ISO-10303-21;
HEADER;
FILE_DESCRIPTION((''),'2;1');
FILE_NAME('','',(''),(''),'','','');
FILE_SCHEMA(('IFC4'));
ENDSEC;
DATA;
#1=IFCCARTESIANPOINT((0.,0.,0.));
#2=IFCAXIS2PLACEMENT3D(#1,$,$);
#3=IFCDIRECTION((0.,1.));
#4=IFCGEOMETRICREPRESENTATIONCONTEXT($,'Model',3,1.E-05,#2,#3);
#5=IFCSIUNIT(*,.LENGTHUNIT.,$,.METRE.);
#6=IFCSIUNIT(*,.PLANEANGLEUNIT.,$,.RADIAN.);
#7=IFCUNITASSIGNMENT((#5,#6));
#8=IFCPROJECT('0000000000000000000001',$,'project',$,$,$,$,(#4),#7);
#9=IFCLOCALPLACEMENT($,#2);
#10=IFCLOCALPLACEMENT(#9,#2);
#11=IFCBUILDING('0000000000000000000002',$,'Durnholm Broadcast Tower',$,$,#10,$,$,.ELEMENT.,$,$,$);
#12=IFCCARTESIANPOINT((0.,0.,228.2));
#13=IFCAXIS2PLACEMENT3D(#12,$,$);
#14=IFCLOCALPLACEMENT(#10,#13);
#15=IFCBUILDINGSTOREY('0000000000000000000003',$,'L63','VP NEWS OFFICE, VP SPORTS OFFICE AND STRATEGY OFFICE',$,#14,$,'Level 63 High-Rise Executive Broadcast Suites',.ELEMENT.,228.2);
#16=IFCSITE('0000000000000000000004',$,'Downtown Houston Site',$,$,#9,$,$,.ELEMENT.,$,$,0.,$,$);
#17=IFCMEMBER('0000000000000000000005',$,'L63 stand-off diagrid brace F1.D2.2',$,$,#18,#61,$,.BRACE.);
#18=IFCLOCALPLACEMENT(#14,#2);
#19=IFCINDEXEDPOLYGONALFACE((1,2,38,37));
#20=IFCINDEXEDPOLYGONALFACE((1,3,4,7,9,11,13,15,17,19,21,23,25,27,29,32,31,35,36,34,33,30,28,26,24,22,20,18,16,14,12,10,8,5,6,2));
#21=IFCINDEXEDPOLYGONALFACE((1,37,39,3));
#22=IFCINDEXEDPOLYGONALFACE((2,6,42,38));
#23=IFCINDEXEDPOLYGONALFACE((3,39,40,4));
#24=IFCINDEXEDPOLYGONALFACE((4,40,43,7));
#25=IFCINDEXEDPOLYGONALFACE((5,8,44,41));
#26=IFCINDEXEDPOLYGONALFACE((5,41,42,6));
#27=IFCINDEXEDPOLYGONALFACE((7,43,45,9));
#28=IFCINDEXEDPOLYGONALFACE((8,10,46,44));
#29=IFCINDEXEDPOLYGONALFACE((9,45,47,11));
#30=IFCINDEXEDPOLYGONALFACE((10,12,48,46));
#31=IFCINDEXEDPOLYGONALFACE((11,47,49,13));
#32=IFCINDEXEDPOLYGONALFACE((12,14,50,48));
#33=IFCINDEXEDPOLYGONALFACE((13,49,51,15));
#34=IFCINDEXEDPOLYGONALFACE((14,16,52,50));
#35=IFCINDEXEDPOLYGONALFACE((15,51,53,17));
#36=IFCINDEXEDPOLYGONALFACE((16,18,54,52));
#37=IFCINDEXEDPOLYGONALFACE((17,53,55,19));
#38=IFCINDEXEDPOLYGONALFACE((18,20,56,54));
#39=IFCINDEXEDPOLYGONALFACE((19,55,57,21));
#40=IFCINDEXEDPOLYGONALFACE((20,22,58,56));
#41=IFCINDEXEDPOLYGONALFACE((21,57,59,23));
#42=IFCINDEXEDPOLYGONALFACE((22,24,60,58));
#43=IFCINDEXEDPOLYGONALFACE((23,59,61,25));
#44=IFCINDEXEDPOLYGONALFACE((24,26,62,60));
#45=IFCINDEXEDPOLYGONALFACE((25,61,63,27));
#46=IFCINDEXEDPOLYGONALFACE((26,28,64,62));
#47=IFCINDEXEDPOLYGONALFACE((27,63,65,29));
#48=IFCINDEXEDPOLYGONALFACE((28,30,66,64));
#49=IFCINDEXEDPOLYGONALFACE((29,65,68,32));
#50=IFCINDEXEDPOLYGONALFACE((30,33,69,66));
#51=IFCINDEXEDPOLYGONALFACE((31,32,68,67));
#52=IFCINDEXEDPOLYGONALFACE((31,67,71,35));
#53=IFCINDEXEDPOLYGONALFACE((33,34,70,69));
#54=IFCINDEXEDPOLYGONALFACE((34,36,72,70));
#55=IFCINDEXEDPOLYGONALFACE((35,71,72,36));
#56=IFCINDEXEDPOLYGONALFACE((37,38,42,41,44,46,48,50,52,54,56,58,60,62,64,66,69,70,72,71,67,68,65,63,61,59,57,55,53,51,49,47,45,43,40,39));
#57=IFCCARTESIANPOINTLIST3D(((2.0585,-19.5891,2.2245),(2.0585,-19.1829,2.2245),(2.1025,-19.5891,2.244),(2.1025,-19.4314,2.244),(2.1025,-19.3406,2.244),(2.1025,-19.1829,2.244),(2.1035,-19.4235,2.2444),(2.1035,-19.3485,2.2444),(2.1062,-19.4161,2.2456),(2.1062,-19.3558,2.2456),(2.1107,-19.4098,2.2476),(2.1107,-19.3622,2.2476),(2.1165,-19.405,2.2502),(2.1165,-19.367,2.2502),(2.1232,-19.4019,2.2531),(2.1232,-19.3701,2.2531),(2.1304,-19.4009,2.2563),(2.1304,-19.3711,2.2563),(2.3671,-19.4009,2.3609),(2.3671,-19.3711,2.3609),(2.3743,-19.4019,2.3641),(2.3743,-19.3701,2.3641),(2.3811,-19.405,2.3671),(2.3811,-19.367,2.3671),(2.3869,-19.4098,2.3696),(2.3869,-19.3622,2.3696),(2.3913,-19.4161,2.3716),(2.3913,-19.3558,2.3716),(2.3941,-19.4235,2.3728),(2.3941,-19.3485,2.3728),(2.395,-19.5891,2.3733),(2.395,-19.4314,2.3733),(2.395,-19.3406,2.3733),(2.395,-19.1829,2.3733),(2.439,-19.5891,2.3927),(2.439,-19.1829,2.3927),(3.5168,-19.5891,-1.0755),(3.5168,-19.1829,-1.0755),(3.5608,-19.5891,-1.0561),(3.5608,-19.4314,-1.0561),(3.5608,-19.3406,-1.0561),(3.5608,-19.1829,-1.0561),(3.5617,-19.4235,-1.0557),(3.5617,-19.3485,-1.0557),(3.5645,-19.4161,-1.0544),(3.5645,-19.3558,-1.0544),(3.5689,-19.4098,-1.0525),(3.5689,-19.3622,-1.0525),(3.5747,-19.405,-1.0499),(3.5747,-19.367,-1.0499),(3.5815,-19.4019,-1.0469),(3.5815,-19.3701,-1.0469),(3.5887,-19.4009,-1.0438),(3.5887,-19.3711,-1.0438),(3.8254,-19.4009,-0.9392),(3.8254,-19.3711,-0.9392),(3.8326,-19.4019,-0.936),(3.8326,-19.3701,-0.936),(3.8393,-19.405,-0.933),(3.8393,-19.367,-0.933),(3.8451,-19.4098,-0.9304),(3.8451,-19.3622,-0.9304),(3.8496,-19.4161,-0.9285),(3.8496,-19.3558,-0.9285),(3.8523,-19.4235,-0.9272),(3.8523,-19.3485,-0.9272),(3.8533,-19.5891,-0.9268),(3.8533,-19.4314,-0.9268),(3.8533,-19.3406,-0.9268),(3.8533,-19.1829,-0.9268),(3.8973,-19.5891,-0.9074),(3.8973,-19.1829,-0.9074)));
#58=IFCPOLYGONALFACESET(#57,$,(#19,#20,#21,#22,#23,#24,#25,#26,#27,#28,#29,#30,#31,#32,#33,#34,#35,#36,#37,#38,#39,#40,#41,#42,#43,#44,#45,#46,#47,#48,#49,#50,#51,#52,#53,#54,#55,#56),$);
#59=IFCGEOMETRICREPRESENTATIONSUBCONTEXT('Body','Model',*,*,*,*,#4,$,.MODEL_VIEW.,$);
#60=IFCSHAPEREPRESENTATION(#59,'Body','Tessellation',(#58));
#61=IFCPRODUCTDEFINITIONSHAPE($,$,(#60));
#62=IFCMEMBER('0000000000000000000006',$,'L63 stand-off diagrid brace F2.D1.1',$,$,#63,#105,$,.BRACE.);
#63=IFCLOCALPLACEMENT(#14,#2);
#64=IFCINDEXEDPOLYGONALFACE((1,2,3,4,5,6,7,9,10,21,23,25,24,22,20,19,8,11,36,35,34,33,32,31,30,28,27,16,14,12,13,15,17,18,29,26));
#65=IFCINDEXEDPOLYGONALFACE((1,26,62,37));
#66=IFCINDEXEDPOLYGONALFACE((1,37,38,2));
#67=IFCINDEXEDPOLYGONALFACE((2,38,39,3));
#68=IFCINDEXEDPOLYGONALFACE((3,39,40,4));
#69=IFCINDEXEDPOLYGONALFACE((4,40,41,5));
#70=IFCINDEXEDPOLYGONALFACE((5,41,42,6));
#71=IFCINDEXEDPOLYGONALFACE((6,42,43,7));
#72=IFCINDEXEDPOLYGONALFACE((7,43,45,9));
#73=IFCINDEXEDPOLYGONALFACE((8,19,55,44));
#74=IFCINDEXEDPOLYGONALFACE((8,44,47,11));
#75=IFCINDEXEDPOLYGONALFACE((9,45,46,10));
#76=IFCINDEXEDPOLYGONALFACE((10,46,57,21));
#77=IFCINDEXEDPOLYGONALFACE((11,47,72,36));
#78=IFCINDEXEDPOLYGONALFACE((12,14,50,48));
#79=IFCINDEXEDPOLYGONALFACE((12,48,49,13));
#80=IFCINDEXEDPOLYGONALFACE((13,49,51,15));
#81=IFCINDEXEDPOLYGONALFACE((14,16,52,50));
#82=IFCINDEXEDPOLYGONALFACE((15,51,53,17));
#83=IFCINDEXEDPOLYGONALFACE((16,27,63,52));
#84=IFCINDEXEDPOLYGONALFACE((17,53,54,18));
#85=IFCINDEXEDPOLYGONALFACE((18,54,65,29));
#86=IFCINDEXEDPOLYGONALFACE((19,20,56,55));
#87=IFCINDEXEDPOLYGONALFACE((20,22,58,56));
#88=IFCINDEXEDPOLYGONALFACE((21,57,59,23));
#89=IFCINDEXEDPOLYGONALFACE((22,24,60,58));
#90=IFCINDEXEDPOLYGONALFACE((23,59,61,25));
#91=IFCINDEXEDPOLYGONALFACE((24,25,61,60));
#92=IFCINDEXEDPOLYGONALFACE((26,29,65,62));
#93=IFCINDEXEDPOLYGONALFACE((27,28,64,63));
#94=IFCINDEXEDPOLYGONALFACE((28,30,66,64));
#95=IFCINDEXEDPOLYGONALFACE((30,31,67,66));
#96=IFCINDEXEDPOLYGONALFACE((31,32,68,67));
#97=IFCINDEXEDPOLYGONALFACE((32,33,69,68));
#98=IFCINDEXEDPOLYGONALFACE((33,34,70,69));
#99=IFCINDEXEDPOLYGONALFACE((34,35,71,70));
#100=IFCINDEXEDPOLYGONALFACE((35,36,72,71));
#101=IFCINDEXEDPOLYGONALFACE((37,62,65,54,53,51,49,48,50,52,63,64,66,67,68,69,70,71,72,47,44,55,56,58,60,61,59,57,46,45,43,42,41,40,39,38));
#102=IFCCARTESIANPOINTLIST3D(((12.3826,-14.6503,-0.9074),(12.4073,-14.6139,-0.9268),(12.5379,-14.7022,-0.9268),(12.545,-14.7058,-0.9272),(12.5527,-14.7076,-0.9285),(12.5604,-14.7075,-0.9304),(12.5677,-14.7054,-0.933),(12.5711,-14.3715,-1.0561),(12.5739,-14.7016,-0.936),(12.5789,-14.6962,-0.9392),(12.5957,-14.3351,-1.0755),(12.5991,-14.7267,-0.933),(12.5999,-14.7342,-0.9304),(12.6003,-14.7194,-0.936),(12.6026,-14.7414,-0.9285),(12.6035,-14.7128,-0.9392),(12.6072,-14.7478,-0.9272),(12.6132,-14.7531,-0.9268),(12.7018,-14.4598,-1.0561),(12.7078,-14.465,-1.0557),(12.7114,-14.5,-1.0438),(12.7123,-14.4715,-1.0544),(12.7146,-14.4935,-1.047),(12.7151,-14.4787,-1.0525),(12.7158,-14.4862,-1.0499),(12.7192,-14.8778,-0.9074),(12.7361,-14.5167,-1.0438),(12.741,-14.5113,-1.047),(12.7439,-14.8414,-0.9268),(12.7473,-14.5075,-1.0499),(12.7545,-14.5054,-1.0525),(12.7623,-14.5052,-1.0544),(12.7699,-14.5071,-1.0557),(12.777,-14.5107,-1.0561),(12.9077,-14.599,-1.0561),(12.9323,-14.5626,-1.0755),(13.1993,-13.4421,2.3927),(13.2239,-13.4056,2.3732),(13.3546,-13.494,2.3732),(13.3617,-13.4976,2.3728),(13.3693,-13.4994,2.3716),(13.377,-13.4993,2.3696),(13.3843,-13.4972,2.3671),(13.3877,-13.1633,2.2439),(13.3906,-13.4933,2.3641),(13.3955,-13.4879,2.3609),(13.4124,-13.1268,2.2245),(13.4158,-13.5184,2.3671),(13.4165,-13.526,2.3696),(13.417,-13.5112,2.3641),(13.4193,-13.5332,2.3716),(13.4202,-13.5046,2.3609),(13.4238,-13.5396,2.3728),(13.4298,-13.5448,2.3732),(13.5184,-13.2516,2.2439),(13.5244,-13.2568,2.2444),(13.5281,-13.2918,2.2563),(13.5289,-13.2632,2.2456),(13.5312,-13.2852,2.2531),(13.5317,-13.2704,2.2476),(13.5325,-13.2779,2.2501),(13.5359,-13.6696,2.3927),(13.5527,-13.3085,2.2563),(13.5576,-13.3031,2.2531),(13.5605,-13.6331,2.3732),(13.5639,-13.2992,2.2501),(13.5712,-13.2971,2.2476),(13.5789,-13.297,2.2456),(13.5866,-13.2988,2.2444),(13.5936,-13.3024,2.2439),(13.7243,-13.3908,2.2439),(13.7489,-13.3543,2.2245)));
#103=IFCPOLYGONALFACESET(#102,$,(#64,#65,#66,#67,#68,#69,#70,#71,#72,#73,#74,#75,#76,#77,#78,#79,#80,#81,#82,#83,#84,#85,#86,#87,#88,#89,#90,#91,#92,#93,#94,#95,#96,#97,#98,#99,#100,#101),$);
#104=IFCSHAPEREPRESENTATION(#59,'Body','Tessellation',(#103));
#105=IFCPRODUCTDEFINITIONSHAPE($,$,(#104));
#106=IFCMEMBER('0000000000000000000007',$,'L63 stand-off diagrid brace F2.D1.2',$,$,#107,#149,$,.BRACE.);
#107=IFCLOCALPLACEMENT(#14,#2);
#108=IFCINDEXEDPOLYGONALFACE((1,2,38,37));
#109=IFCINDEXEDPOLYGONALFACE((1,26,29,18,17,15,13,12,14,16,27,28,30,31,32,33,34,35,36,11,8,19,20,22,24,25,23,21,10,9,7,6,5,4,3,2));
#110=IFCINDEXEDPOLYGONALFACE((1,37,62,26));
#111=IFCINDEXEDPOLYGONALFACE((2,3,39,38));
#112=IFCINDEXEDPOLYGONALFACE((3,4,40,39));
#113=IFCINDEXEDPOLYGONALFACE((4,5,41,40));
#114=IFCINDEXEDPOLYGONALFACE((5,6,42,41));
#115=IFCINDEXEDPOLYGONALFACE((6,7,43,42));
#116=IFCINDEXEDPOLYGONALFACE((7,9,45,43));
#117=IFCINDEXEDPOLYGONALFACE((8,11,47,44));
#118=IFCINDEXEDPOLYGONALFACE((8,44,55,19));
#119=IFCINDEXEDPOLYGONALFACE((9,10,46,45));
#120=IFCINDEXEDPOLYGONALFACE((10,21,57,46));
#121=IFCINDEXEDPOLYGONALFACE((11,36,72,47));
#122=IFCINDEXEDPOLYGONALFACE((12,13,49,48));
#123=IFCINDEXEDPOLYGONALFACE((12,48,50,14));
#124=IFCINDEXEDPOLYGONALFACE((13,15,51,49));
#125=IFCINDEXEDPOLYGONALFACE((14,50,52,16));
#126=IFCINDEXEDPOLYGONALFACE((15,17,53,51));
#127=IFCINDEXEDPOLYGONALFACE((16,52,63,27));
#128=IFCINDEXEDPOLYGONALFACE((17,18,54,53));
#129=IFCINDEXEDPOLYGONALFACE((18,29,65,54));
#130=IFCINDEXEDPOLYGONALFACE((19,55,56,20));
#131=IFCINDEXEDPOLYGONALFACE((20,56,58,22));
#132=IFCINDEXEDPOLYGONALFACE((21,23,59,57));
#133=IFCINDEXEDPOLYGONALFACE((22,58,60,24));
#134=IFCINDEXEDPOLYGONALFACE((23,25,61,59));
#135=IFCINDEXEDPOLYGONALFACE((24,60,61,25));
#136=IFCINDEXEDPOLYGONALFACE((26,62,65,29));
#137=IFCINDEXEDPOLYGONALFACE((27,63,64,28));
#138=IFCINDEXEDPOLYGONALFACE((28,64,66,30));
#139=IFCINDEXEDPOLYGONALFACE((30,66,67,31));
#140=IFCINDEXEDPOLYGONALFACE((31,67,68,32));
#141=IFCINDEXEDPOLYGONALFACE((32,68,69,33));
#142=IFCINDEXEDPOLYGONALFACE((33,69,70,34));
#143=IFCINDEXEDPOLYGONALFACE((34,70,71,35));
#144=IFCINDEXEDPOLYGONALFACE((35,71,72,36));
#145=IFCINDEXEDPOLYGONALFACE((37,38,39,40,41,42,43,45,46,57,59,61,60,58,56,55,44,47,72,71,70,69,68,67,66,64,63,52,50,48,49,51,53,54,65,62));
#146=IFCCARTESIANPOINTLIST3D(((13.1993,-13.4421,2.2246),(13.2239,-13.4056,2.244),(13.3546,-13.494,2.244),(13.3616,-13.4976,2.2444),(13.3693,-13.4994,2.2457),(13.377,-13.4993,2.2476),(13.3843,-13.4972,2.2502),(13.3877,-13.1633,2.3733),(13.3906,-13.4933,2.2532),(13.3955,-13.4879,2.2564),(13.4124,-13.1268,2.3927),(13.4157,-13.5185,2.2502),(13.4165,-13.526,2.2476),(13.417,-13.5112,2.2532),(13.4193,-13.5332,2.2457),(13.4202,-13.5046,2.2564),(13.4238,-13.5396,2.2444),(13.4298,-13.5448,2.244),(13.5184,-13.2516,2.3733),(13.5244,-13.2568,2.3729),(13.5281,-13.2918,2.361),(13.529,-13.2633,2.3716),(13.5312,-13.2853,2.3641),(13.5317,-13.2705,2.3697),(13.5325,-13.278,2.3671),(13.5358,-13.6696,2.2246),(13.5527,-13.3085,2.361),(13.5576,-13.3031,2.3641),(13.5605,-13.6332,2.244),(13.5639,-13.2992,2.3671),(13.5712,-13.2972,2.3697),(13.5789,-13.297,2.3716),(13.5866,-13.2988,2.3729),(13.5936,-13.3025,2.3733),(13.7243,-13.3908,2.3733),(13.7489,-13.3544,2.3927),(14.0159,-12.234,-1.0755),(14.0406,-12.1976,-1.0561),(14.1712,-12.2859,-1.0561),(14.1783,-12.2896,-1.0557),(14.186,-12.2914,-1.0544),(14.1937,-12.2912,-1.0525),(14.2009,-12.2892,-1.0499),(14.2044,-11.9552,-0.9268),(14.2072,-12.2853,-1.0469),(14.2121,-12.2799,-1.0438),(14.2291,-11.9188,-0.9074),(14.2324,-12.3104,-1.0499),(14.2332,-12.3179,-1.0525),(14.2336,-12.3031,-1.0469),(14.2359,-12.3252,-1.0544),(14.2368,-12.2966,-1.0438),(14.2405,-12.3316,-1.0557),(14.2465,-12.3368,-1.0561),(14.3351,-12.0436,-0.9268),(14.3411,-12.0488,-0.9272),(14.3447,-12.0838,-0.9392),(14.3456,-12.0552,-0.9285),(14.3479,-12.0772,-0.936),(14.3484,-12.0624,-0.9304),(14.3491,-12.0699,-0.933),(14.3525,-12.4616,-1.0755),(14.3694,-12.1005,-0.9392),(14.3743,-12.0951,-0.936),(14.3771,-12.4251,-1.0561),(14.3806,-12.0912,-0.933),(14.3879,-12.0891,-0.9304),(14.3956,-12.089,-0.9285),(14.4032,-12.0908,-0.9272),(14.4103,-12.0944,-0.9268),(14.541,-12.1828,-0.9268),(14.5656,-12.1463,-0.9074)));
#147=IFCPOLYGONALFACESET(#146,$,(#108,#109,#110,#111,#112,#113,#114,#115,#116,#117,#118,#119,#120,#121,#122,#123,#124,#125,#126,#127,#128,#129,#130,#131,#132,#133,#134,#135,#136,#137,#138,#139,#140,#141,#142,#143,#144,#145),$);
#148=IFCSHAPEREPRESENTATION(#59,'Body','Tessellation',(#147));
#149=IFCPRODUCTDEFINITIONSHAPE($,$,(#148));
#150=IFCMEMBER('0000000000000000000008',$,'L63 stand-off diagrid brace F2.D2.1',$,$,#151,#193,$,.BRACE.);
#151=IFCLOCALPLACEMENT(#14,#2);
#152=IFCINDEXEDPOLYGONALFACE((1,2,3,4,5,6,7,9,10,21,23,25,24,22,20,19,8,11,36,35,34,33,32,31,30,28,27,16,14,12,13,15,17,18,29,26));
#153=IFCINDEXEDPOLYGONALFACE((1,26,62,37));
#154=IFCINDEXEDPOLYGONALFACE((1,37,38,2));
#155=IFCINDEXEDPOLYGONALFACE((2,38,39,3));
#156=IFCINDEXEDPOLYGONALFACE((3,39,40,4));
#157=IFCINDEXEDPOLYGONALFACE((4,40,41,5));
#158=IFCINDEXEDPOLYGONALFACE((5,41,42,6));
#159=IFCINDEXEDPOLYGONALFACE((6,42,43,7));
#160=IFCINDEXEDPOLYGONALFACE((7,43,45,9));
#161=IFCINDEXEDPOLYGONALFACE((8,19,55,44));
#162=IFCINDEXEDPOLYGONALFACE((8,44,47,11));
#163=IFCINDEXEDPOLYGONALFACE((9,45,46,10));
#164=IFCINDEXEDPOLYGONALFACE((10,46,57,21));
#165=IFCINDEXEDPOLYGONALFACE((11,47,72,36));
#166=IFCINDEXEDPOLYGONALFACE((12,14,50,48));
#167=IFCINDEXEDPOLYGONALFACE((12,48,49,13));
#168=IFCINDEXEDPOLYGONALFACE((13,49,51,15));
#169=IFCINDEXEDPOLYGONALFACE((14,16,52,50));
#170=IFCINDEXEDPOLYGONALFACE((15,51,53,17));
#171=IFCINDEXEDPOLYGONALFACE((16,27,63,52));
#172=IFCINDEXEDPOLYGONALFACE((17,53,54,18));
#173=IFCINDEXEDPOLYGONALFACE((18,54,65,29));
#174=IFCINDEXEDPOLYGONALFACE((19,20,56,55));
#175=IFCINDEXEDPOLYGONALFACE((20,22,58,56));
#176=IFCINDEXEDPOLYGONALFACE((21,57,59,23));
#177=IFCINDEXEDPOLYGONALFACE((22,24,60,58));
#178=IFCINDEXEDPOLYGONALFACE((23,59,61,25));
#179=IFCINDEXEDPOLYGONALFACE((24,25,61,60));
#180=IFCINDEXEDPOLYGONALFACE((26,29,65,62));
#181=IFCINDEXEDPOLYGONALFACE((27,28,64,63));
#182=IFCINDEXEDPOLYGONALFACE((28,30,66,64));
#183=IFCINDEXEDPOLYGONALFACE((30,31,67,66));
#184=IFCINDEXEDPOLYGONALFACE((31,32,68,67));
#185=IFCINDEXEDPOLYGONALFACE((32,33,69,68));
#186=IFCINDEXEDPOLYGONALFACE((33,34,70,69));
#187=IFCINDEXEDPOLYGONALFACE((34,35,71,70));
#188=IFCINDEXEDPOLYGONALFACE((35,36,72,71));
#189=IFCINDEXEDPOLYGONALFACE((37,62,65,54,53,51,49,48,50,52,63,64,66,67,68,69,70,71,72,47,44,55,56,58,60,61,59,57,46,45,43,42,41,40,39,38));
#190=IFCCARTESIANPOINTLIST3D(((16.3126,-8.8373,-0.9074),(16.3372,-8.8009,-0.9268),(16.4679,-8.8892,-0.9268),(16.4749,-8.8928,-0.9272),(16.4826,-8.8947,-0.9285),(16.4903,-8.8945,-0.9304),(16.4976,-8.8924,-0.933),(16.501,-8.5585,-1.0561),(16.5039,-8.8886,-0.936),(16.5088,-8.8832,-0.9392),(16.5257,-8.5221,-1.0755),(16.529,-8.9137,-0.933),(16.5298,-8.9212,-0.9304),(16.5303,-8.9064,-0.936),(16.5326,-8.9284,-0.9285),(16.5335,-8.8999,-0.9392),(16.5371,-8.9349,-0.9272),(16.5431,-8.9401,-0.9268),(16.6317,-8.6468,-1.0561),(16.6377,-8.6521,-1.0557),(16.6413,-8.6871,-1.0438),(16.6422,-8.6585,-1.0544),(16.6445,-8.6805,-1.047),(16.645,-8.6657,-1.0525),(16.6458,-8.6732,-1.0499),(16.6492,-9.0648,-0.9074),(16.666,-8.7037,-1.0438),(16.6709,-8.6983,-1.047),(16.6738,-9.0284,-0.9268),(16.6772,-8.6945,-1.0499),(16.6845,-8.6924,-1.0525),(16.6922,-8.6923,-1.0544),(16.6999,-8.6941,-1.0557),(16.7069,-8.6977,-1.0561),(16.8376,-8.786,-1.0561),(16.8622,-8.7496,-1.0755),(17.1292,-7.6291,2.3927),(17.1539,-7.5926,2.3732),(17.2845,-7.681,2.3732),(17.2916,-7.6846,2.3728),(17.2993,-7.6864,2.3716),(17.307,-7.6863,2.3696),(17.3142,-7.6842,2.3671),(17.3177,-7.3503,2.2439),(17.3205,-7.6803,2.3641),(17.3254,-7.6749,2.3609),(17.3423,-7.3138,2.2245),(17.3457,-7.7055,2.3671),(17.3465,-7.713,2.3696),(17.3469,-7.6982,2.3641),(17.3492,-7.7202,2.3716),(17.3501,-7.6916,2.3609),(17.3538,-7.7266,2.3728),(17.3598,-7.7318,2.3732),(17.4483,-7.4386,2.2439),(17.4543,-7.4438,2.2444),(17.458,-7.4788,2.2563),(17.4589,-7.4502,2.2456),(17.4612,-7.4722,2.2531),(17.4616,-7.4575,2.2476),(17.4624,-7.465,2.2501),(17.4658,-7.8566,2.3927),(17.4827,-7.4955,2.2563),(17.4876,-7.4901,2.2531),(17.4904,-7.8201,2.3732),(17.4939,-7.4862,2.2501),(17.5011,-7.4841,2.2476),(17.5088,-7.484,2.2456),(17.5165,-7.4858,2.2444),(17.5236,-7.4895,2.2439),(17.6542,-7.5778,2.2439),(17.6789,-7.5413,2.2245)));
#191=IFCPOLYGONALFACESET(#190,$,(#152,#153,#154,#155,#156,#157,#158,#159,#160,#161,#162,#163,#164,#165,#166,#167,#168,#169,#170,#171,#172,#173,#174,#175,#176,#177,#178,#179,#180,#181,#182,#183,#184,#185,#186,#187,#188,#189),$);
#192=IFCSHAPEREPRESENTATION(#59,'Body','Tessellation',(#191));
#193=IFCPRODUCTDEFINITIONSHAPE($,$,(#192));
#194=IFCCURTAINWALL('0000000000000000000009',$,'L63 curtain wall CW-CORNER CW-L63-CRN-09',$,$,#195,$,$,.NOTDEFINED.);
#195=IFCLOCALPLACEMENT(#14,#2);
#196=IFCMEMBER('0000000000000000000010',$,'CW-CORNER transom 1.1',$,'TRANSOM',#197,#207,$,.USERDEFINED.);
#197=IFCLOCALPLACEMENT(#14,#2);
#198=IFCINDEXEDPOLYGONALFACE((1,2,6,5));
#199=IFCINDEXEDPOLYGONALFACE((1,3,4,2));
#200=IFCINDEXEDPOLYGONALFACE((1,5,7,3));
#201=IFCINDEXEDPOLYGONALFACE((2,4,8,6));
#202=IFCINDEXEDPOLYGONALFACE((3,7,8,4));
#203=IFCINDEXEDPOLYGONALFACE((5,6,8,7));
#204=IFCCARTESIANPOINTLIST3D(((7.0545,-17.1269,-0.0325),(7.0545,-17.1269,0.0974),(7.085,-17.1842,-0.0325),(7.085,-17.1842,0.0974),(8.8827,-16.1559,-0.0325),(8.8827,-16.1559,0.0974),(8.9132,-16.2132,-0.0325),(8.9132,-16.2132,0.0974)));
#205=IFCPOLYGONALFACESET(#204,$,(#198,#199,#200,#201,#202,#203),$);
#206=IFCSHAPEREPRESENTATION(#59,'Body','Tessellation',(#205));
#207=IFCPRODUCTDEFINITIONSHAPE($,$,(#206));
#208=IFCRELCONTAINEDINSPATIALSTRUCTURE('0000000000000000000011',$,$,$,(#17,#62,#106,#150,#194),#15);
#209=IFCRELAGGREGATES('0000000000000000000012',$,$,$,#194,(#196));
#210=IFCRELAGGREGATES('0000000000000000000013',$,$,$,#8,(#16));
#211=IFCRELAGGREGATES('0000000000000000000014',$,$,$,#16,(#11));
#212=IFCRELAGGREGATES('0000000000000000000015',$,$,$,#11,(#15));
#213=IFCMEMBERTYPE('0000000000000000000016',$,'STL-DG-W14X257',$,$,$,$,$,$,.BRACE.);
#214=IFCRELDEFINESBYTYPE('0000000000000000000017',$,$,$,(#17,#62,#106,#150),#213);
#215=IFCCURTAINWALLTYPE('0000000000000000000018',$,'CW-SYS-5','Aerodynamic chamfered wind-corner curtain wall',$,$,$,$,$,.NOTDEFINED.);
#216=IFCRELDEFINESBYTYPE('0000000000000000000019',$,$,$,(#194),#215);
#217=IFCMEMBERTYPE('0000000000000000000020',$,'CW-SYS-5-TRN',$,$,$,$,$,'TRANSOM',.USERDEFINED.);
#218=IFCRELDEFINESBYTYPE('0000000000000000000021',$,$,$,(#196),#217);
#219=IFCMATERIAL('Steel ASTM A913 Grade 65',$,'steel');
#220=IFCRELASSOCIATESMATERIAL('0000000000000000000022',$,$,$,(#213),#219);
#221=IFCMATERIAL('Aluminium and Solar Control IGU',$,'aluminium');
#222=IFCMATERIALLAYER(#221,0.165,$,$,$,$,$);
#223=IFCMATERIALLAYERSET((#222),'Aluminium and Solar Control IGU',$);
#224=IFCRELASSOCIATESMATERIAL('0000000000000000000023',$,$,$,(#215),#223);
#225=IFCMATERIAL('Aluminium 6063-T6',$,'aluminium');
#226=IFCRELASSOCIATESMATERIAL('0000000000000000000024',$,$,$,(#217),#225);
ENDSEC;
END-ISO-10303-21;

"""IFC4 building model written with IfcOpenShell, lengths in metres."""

from ifc_helpers import new_model, si_unit, direction, frame, origin, origin_2d, place, context, subcontext, project, spatial, rectangle, i_section, extrude, source, transform, mapped, material, layer, layer_set, material_profile, profile_set, type_object, type_shapes, element, aggregate, save


model = new_model("IFC4")

# Units and contexts
model_context = context("Model", 3, precision=1e-05, world=origin(), true_north=direction((0.0, 1.0)))
body_context = subcontext(model_context, "Body", "Model", "MODEL_VIEW")
ifc_project = project(units=[si_unit("LENGTHUNIT", "METRE"), si_unit("PLANEANGLEUNIT", "RADIAN")], contexts=[model_context])

# Site, building, storey
site_placement = place(None, origin())
site = spatial("IfcSite", under=ifc_project, at=site_placement, Name="Downtown Houston Site", CompositionType="ELEMENT", RefElevation=0.0)
building_placement = place(site_placement, origin())
building = spatial("IfcBuilding", under=site, at=building_placement, Name="Durnholm Broadcast Tower", CompositionType="ELEMENT")
storey_placement = place(building_placement, frame((0.0, 0.0, 228.2)))
storey = spatial("IfcBuildingStorey", under=building, at=storey_placement, Name="L63", Description="VP NEWS OFFICE, VP SPORTS OFFICE AND STRATEGY OFFICE", LongName="Level 63 High-Rise Executive Broadcast Suites", CompositionType="ELEMENT", Elevation=228.2)

# Members
ifc_material_1 = material(Name="Steel ASTM A913 Grade 65", Category="steel")
ifc_material_profile_1 = material_profile(ifc_material_1, i_section(OverallWidth=0.4062, OverallDepth=0.416, WebThickness=0.0298, FlangeThickness=0.0481, FilletRadius=0.0305, at=origin_2d()), Name="W14X257")
ifc_profile_set_1 = profile_set([ifc_material_profile_1], Name="Steel ASTM A913 Grade 65")
member_type_1 = type_object("IfcMemberType", Name="STL-DG-W14X257", PredefinedType="BRACE", material=ifc_profile_set_1)
shared_shape_1 = source(origin(), body_context, "Body", "SweptSolid", [
    extrude(i_section(OverallWidth=0.4062, OverallDepth=0.416, WebThickness=0.0298, FlangeThickness=0.0481, FilletRadius=0.0305, at=origin_2d()), origin(), (0.0, 0.0, 1.0), 3.6079),
])
type_shapes(member_type_1, [shared_shape_1])
for number, where, z_axis, x_axis, name in (
    (1, (3.707, -19.386, -0.9915), (-0.404185, 0.0, 0.914677), (0.0, -1.0, 0.0), "L63 stand-off diagrid brace F1.D2.2"),
    (2, (12.6575, -14.6064, -0.9915), (0.226349, 0.334888, 0.914667), (-0.828505, 0.559982, 0.0), "L63 stand-off diagrid brace F2.D1.1"),
    (3, (14.2908, -12.1902, -0.9915), (-0.226354, -0.334828, 0.914688), (0.828452, -0.560059, 0.0), "L63 stand-off diagrid brace F2.D1.2"),
    (4, (16.5874, -8.7935, -0.9915), (0.226349, 0.334888, 0.914667), (-0.828505, 0.559982, 0.0), "L63 stand-off diagrid brace F2.D2.1"),
):
    element("IfcMember", number, at=place(storey_placement, frame(where, z_axis=z_axis, x_axis=x_axis)), inside=storey, type_object=member_type_1, Name=name, PredefinedType="BRACE", context=body_context, shape_type="MappedRepresentation", body=[
        mapped(shared_shape_1, transform((0.0, 0.0, 0.0), x_axis=(1.0, 0.0, 0.0), y_axis=(0.0, 1.0, 0.0), z_axis=(0.0, 0.0, 1.0), scale=1.0)),
    ])

# Curtain wall, member
ifc_material_2 = material(Name="Aluminium and Solar Control IGU", Category="aluminium")
ifc_layer_1 = layer(ifc_material_2, 0.165)
ifc_layer_set_1 = layer_set([ifc_layer_1], Name="Aluminium and Solar Control IGU")
curtain_wall_type_1 = type_object("IfcCurtainWallType", Name="CW-SYS-5", Description="Aerodynamic chamfered wind-corner curtain wall", PredefinedType="NOTDEFINED", material=ifc_layer_set_1)
curtain_wall_1_placement = place(storey_placement, origin())
curtain_wall_1 = element("IfcCurtainWall", 5, at=curtain_wall_1_placement, inside=storey, type_object=curtain_wall_type_1, Name="L63 curtain wall CW-CORNER CW-L63-CRN-09", PredefinedType="NOTDEFINED")
ifc_material_3 = material(Name="Aluminium 6063-T6", Category="aluminium")
ifc_material_profile_2 = material_profile(ifc_material_3, rectangle(XDim=0.0649, YDim=0.1299, at=origin_2d()), Name="CWT65X130")
ifc_profile_set_2 = profile_set([ifc_material_profile_2], Name="Aluminium 6063-T6")
member_type_2 = type_object("IfcMemberType", Name="CW-SYS-5-TRN", ElementType="TRANSOM", PredefinedType="USERDEFINED", material=ifc_profile_set_2)
shared_shape_2 = source(origin(), body_context, "Body", "SweptSolid", [
    extrude(rectangle(XDim=0.0649, YDim=0.1299, at=origin_2d()), origin(), (0.0, 0.0, 1.0), 2.0701),
])
type_shapes(member_type_2, [shared_shape_2])
member_1_placement = place(storey_placement, frame((8.8979, -16.1846, 0.0325), z_axis=(-0.883165, -0.469063, 0.0), x_axis=(0.469063, -0.883165, 0.0)))
member_1 = element("IfcMember", 6, at=member_1_placement, type_object=member_type_2, Name="CW-CORNER transom 1.1", ObjectType="TRANSOM", PredefinedType="USERDEFINED", context=body_context, shape_type="MappedRepresentation", body=[
    mapped(shared_shape_2, transform((0.0, 0.0, 0.0), x_axis=(1.0, 0.0, 0.0), y_axis=(0.0, 1.0, 0.0), z_axis=(0.0, 0.0, 1.0), scale=1.0)),
])

aggregate(curtain_wall_1, [member_1])

save(model, "model.ifc")
